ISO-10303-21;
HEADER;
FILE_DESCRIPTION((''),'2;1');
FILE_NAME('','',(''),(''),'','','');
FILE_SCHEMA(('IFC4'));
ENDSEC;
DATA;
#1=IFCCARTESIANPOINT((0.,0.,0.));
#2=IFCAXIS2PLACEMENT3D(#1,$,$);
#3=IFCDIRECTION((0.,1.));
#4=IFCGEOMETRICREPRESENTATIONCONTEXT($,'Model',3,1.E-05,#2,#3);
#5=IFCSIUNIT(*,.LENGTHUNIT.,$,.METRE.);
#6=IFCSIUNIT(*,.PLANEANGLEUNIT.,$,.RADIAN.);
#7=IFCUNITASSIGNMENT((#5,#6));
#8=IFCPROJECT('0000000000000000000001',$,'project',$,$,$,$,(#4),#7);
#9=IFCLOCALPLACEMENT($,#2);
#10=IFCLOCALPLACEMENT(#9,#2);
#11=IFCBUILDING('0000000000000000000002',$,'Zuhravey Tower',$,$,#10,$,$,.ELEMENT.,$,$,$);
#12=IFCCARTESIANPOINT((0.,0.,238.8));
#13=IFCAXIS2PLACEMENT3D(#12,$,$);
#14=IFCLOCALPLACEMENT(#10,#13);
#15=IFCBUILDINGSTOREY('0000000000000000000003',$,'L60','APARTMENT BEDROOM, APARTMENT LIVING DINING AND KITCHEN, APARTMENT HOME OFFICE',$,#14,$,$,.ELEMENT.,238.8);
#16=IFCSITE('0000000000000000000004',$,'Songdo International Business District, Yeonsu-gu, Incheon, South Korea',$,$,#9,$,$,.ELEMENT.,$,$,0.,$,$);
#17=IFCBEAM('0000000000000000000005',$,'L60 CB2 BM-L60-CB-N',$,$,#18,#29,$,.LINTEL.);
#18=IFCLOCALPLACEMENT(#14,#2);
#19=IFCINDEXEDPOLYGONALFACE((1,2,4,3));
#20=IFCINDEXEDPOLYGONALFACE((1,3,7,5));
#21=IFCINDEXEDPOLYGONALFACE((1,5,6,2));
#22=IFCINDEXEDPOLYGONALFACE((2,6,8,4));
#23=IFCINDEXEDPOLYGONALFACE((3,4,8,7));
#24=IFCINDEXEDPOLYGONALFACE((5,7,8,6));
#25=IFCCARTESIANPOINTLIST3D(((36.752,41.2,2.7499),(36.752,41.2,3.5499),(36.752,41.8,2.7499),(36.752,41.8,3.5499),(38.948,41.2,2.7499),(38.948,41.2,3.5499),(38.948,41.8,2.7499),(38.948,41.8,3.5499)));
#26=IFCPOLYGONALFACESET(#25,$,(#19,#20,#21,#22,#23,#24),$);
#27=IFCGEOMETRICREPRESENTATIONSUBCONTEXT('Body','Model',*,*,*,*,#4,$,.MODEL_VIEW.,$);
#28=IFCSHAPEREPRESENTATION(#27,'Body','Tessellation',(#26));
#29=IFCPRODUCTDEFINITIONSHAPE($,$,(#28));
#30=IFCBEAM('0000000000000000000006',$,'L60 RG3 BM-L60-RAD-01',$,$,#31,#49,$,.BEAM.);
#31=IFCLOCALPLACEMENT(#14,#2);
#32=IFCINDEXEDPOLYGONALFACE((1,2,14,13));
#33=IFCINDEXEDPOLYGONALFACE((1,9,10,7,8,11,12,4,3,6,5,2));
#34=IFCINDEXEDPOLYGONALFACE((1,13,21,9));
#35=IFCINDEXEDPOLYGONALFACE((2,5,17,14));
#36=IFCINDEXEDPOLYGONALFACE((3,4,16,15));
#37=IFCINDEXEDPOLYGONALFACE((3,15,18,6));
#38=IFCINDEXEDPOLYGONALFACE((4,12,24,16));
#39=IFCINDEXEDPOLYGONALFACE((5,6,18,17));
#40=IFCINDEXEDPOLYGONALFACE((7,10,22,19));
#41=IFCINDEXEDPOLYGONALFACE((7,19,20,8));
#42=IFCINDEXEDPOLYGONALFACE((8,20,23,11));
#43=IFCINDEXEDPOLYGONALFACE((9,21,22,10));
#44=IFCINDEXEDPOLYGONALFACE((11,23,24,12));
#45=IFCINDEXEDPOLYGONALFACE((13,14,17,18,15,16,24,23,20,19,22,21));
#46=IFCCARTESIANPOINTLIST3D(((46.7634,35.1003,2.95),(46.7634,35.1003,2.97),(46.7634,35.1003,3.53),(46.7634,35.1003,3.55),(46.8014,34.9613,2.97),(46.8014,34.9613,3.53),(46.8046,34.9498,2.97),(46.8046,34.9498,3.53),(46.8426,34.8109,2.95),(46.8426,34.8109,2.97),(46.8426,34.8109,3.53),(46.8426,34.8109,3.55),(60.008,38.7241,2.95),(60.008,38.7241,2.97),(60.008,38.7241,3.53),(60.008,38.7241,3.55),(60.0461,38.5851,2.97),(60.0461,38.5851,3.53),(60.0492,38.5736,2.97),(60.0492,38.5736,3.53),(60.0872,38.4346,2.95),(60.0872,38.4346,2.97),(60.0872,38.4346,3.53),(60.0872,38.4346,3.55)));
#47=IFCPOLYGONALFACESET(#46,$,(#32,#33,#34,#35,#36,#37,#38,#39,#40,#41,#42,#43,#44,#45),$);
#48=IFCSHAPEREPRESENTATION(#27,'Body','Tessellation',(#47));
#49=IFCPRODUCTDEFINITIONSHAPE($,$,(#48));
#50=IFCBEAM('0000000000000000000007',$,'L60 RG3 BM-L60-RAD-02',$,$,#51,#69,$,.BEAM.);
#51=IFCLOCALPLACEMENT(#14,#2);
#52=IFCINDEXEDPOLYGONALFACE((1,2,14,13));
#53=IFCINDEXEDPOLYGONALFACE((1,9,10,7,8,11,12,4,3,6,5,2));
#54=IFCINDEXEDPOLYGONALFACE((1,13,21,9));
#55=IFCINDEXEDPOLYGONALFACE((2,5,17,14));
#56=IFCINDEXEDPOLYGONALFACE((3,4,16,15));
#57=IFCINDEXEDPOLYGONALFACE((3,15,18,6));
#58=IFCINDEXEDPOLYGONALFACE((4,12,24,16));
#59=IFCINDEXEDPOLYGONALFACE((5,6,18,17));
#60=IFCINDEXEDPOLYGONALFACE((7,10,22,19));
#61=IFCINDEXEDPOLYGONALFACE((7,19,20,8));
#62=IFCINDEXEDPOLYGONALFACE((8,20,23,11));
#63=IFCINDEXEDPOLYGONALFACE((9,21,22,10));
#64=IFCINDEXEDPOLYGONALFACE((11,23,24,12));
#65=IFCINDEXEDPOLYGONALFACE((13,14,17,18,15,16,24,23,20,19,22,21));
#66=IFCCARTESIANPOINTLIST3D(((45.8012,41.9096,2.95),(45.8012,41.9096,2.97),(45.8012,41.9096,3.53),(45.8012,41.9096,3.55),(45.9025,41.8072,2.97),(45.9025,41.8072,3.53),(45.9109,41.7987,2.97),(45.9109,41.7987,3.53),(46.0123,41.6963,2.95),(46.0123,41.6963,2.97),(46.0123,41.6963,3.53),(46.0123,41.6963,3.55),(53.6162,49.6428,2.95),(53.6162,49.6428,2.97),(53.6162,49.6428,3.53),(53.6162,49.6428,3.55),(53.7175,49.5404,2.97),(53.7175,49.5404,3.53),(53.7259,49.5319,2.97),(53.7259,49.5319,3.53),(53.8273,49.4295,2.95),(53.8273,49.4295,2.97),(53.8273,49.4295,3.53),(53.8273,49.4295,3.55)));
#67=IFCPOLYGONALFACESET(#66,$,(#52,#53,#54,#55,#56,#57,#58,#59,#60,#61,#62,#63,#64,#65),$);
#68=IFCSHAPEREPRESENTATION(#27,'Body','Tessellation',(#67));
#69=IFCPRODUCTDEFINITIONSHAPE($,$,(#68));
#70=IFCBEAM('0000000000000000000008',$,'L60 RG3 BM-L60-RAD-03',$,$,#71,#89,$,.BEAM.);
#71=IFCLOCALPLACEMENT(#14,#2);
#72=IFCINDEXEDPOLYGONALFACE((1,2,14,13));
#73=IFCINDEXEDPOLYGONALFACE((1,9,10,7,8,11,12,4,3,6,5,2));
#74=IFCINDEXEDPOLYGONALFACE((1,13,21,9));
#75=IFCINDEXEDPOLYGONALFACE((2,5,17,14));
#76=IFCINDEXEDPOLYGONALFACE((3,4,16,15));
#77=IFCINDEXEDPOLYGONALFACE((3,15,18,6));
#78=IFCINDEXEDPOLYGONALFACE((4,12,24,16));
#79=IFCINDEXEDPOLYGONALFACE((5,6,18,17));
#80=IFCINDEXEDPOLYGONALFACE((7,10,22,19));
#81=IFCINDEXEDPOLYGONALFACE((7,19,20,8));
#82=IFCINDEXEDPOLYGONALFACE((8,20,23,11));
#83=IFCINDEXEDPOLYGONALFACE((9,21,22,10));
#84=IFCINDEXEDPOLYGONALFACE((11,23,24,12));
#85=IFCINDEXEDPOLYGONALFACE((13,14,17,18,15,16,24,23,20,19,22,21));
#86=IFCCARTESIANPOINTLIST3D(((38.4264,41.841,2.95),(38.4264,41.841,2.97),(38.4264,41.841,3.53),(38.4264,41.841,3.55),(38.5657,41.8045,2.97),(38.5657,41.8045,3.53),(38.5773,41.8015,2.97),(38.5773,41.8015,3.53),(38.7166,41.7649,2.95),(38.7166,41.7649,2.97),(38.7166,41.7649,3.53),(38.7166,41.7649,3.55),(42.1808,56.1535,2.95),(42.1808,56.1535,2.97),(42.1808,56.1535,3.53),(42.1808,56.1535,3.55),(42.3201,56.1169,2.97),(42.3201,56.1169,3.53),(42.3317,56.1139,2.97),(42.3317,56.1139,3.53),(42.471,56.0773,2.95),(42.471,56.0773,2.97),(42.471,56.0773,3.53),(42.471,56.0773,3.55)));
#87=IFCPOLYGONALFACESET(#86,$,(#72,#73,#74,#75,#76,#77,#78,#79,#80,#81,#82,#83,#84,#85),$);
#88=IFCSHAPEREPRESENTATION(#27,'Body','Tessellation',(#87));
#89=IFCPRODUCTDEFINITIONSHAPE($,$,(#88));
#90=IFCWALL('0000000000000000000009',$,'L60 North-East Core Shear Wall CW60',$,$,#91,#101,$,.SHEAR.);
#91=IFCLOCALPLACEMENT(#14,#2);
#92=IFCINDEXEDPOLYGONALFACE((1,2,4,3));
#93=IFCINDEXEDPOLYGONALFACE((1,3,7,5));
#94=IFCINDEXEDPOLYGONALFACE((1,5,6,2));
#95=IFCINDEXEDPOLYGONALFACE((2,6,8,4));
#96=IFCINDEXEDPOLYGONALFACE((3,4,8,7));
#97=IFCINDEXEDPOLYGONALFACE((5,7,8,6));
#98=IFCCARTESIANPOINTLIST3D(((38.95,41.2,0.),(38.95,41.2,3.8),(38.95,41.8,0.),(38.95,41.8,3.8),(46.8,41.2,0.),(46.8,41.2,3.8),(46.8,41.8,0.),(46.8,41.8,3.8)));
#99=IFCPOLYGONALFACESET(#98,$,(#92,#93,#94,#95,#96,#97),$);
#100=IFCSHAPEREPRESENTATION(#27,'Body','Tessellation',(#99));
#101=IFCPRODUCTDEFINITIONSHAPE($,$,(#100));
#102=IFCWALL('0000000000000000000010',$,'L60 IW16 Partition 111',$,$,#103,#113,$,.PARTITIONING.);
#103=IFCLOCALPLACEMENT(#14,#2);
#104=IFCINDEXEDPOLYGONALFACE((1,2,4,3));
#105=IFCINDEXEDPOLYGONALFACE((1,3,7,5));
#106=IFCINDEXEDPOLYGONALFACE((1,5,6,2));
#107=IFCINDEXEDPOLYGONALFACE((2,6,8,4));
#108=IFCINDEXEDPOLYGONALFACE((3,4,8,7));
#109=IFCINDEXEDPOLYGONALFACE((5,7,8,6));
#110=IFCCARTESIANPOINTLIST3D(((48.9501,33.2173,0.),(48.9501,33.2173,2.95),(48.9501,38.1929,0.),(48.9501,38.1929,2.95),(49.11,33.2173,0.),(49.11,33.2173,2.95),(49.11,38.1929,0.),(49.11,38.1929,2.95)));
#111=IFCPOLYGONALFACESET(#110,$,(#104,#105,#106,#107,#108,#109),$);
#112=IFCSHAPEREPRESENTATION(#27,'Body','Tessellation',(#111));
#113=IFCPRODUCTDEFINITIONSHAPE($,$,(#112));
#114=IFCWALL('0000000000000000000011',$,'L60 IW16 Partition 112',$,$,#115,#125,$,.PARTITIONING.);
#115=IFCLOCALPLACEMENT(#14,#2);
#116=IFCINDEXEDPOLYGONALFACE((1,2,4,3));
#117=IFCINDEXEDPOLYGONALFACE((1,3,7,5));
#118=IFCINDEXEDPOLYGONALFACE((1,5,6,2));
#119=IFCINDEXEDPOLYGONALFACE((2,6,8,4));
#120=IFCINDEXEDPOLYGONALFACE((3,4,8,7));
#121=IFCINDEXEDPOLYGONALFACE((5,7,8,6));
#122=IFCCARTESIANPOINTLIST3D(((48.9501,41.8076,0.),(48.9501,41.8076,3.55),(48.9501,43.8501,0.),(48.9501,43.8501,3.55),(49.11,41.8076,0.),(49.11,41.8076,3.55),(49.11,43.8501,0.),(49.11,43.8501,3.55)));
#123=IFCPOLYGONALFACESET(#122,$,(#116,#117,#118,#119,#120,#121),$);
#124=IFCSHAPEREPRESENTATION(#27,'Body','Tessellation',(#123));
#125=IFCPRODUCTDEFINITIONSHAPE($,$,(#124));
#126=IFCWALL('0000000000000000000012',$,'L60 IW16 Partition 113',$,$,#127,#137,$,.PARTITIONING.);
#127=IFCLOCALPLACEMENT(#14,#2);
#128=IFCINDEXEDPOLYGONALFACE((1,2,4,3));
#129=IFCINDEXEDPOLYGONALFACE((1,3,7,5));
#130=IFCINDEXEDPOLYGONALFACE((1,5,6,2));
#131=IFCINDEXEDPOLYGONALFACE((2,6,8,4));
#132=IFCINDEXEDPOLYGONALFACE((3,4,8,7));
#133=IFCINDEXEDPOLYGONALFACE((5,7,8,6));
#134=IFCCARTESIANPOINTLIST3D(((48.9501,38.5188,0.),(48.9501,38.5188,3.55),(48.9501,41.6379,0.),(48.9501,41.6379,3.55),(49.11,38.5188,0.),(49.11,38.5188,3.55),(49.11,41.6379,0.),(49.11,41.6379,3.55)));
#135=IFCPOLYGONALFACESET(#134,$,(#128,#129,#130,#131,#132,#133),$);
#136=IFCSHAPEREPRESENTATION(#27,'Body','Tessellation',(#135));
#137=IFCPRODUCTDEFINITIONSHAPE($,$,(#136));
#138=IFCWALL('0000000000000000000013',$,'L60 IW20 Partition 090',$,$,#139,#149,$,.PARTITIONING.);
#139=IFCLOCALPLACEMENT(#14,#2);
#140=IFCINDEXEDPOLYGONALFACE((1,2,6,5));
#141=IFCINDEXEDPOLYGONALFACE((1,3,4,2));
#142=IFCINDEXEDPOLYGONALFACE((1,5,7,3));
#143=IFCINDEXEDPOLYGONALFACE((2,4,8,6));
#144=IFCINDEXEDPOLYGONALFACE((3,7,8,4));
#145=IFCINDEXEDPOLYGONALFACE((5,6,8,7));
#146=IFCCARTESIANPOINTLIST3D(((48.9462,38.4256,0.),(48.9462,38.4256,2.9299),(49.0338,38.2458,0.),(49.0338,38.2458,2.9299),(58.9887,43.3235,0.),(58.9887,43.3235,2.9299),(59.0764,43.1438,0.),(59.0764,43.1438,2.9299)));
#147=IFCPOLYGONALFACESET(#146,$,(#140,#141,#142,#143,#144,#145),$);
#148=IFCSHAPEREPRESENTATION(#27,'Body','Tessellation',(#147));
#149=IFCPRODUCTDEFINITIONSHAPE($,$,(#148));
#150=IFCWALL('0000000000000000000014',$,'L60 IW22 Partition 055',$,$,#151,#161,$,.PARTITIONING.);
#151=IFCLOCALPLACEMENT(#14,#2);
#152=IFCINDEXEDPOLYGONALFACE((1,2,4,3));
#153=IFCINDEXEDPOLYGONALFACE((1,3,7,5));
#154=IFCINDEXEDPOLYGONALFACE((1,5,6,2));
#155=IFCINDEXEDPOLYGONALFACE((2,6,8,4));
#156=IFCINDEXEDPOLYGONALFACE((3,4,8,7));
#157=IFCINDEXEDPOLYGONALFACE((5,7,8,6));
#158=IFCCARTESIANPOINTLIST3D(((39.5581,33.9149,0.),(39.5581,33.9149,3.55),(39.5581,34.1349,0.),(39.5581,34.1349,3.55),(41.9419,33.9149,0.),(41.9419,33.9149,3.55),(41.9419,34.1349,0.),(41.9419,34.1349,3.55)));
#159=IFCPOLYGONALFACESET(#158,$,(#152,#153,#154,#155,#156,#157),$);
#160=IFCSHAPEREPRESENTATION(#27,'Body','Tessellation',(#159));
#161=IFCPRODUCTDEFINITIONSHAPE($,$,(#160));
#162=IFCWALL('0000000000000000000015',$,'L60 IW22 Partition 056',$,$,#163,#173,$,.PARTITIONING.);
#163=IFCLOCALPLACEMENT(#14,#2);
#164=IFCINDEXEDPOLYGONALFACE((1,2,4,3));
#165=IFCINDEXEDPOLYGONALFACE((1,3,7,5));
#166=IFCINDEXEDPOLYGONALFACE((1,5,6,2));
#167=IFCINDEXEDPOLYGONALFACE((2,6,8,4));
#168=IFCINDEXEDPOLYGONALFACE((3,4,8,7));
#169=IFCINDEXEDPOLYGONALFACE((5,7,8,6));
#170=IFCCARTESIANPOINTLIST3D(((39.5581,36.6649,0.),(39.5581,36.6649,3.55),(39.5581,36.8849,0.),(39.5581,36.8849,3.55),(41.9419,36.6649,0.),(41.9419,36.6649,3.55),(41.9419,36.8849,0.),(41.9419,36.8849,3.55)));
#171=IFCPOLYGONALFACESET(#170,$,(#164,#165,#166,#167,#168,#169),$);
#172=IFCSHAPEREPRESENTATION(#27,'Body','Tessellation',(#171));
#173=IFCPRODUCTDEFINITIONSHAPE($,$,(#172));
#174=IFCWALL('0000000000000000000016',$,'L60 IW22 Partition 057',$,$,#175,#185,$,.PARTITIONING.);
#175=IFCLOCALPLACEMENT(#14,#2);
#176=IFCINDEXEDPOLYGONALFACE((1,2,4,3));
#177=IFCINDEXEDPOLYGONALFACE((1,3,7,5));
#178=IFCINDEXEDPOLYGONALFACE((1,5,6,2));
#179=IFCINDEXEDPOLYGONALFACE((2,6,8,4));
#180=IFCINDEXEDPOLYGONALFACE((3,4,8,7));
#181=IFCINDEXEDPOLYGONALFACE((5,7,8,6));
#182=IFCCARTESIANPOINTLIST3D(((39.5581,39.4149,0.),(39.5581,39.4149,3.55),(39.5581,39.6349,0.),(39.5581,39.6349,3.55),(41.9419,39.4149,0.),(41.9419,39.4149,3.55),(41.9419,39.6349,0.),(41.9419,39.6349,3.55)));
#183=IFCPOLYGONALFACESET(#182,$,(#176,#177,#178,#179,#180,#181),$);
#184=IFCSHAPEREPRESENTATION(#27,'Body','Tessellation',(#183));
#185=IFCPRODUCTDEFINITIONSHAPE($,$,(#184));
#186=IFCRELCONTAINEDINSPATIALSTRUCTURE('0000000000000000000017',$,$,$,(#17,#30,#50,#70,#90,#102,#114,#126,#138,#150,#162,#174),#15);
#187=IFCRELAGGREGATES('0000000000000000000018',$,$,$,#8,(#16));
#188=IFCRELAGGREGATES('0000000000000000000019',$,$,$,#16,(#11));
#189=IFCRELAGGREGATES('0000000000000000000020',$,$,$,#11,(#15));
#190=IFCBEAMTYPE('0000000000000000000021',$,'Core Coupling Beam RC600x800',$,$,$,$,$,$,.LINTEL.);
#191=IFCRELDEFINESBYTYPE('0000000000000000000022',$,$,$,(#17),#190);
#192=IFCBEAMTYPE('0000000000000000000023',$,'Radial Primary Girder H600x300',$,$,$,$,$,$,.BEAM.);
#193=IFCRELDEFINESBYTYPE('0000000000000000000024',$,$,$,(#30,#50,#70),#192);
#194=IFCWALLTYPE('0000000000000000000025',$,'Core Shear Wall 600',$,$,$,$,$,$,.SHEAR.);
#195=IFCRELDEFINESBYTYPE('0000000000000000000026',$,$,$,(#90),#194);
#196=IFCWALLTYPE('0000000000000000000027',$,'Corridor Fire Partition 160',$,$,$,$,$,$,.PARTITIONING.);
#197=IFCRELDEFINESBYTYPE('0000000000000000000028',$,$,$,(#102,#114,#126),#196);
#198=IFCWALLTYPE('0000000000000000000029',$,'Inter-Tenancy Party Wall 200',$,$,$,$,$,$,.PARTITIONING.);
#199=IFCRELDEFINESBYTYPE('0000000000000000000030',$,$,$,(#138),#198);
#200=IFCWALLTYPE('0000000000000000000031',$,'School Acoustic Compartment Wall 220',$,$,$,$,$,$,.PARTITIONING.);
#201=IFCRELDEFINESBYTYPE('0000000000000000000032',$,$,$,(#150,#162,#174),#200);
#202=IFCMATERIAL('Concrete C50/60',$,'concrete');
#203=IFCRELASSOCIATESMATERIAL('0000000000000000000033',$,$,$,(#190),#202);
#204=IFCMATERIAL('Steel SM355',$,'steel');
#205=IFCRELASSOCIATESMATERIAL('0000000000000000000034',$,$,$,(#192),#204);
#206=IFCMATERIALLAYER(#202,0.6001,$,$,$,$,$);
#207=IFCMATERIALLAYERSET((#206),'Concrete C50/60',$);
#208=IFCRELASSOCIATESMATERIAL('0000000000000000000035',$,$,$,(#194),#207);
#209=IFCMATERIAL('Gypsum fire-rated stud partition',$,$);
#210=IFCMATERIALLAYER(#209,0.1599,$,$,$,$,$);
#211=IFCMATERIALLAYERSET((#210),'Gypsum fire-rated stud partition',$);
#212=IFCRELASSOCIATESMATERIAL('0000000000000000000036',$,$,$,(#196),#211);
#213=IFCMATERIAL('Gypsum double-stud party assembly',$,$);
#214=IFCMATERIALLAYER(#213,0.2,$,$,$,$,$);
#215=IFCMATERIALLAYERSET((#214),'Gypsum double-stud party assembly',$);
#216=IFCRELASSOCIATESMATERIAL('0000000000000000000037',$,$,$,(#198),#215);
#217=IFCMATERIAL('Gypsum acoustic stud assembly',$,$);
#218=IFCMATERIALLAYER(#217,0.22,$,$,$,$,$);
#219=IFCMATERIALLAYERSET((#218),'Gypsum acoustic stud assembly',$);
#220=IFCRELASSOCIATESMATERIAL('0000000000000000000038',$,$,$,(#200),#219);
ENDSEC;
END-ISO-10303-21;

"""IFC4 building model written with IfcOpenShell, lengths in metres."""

from ifc_helpers import new_model, si_unit, direction, frame, frame_2d, origin, origin_2d, place, context, subcontext, project, spatial, rectangle, i_section, extrude, material, layer, layer_set, material_profile, profile_set, type_object, element, save


model = new_model("IFC4")

# Units and contexts
model_context = context("Model", 3, precision=1e-05, world=origin(), true_north=direction((0.0, 1.0)))
body_context = subcontext(model_context, "Body", "Model", "MODEL_VIEW")
ifc_project = project(units=[si_unit("LENGTHUNIT", "METRE"), si_unit("PLANEANGLEUNIT", "RADIAN")], contexts=[model_context])

# Site, building, storey
site_placement = place(None, origin())
site = spatial("IfcSite", under=ifc_project, at=site_placement, Name="Songdo International Business District, Yeonsu-gu, Incheon, South Korea", CompositionType="ELEMENT", RefElevation=0.0)
building_placement = place(site_placement, origin())
building = spatial("IfcBuilding", under=site, at=building_placement, Name="Zuhravey Tower", CompositionType="ELEMENT")
storey_placement = place(building_placement, frame((0.0, 0.0, 238.8)))
storey = spatial("IfcBuildingStorey", under=building, at=storey_placement, Name="L60", Description="APARTMENT BEDROOM, APARTMENT LIVING DINING AND KITCHEN, APARTMENT HOME OFFICE", CompositionType="ELEMENT", Elevation=238.8)

# Beams
ifc_material_1 = material(Name="Concrete C50/60", Category="concrete")
ifc_material_profile_1 = material_profile(ifc_material_1, rectangle(XDim=0.6001, YDim=0.8, at=origin_2d()), Name="RC-600x800")
ifc_profile_set_1 = profile_set([ifc_material_profile_1], Name="Concrete C50/60")
beam_type_1 = type_object("IfcBeamType", Name="Core Coupling Beam RC600x800", PredefinedType="LINTEL", material=ifc_profile_set_1)
beam_1_placement = place(storey_placement, frame((36.752, 41.5, 3.1499), z_axis=(1.0, 0.0, 0.0), x_axis=(0.0, 1.0, 0.0)))
element("IfcBeam", 1, at=beam_1_placement, inside=storey, type_object=beam_type_1, Name="L60 CB2 BM-L60-CB-N", PredefinedType="LINTEL", context=body_context, shape_type="SweptSolid", body=[
    extrude(rectangle(XDim=0.6001, YDim=0.8, at=origin_2d()), origin(), (0.0, 0.0, 1.0), 2.196),
])
ifc_material_2 = material(Name="Steel SM355", Category="steel")
ifc_material_profile_2 = material_profile(ifc_material_2, i_section(OverallWidth=0.3, OverallDepth=0.6001, WebThickness=0.012, FlangeThickness=0.02, at=origin_2d()), Name="H-600x300x12x20")
ifc_profile_set_2 = profile_set([ifc_material_profile_2], Name="Steel SM355")
beam_type_2 = type_object("IfcBeamType", Name="Radial Primary Girder H600x300", PredefinedType="BEAM", material=ifc_profile_set_2)
beam_2_placement = place(storey_placement, frame((46.803, 34.9556, 3.25), z_axis=(0.964549, 0.263904, 0.0), x_axis=(-0.263904, 0.964549, 0.0)))
element("IfcBeam", 2, at=beam_2_placement, inside=storey, type_object=beam_type_2, Name="L60 RG3 BM-L60-RAD-01", PredefinedType="BEAM", context=body_context, shape_type="SweptSolid", body=[
    extrude(i_section(OverallWidth=0.3, OverallDepth=0.6001, WebThickness=0.012, FlangeThickness=0.02, at=origin_2d()), origin(), (0.0, 0.0, 1.0), 13.7314),
])
beam_3_placement = place(storey_placement, frame((45.9067, 41.803, 3.25), z_axis=(0.710817, 0.703377, 0.0), x_axis=(-0.703377, 0.710817, 0.0)))
element("IfcBeam", 3, at=beam_3_placement, inside=storey, type_object=beam_type_2, Name="L60 RG3 BM-L60-RAD-02", PredefinedType="BEAM", context=body_context, shape_type="SweptSolid", body=[
    extrude(i_section(OverallWidth=0.3, OverallDepth=0.6001, WebThickness=0.012, FlangeThickness=0.02, at=origin_2d()), origin(), (0.0, 0.0, 1.0), 10.9944),
])
beam_4_placement = place(storey_placement, frame((38.5715, 41.803, 3.25), z_axis=(0.253731, 0.967275, 0.0), x_axis=(-0.967275, 0.253731, 0.0)))
element("IfcBeam", 4, at=beam_4_placement, inside=storey, type_object=beam_type_2, Name="L60 RG3 BM-L60-RAD-03", PredefinedType="BEAM", context=body_context, shape_type="SweptSolid", body=[
    extrude(i_section(OverallWidth=0.3, OverallDepth=0.6001, WebThickness=0.012, FlangeThickness=0.02, at=origin_2d()), origin(), (0.0, 0.0, 1.0), 14.7966),
])

# Wall
ifc_layer_1 = layer(ifc_material_1, 0.6001)
ifc_layer_set_1 = layer_set([ifc_layer_1], Name="Concrete C50/60")
wall_type_1 = type_object("IfcWallType", Name="Core Shear Wall 600", PredefinedType="SHEAR", material=ifc_layer_set_1)
wall_1_placement = place(storey_placement, frame((46.8, 41.5, 0.0), z_axis=(0.0, 0.0, 1.0), x_axis=(-1.0, 0.0, 0.0)))
element("IfcWall", 5, at=wall_1_placement, inside=storey, type_object=wall_type_1, Name="L60 North-East Core Shear Wall CW60", PredefinedType="SHEAR", context=body_context, shape_type="SweptSolid", body=[
    extrude(rectangle(XDim=7.8501, YDim=0.6001, at=frame_2d((3.925, 0.0))), origin(), (0.0, 0.0, 1.0), 3.8),
])

# Walls
ifc_material_3 = material(Name="Gypsum fire-rated stud partition")
ifc_layer_2 = layer(ifc_material_3, 0.1599)
ifc_layer_set_2 = layer_set([ifc_layer_2], Name="Gypsum fire-rated stud partition")
wall_type_2 = type_object("IfcWallType", Name="Corridor Fire Partition 160", PredefinedType="PARTITIONING", material=ifc_layer_set_2)
wall_2_placement = place(storey_placement, frame((49.03, 33.2173, 0.0), z_axis=(0.0, 0.0, 1.0), x_axis=(0.0, 1.0, 0.0)))
element("IfcWall", 6, at=wall_2_placement, inside=storey, type_object=wall_type_2, Name="L60 IW16 Partition 111", PredefinedType="PARTITIONING", context=body_context, shape_type="SweptSolid", body=[
    extrude(rectangle(XDim=4.9756, YDim=0.1599, at=frame_2d((2.4878, 0.0))), origin(), (0.0, 0.0, 1.0), 2.95),
])
wall_3_placement = place(storey_placement, frame((49.03, 41.8076, 0.0), z_axis=(0.0, 0.0, 1.0), x_axis=(0.0, 1.0, 0.0)))
element("IfcWall", 7, at=wall_3_placement, inside=storey, type_object=wall_type_2, Name="L60 IW16 Partition 112", PredefinedType="PARTITIONING", context=body_context, shape_type="SweptSolid", body=[
    extrude(rectangle(XDim=2.0425, YDim=0.1599, at=frame_2d((1.0212, 0.0))), origin(), (0.0, 0.0, 1.0), 3.55),
])
wall_4_placement = place(storey_placement, frame((49.03, 38.5188, 0.0), z_axis=(0.0, 0.0, 1.0), x_axis=(0.0, 1.0, 0.0)))
element("IfcWall", 8, at=wall_4_placement, inside=storey, type_object=wall_type_2, Name="L60 IW16 Partition 113", PredefinedType="PARTITIONING", context=body_context, shape_type="SweptSolid", body=[
    extrude(rectangle(XDim=3.1191, YDim=0.1599, at=frame_2d((1.5596, 0.0))), origin(), (0.0, 0.0, 1.0), 3.55),
])

# Walls
ifc_material_4 = material(Name="Gypsum double-stud party assembly")
ifc_layer_3 = layer(ifc_material_4, 0.2)
ifc_layer_set_3 = layer_set([ifc_layer_3], Name="Gypsum double-stud party assembly")
wall_type_3 = type_object("IfcWallType", Name="Inter-Tenancy Party Wall 200", PredefinedType="PARTITIONING", material=ifc_layer_set_3)
wall_5_placement = place(storey_placement, frame((48.99, 38.3357, 0.0), z_axis=(0.0, 0.0, 1.0), x_axis=(0.898797, 0.438364, 0.0)))
element("IfcWall", 9, at=wall_5_placement, inside=storey, type_object=wall_type_3, Name="L60 IW20 Partition 090", PredefinedType="PARTITIONING", context=body_context, shape_type="SweptSolid", body=[
    extrude(rectangle(XDim=11.1733, YDim=0.2, at=frame_2d((5.5867, 0.0))), origin(), (0.0, 0.0, 1.0), 2.9299),
])
ifc_material_5 = material(Name="Gypsum acoustic stud assembly")
ifc_layer_4 = layer(ifc_material_5, 0.22)
ifc_layer_set_4 = layer_set([ifc_layer_4], Name="Gypsum acoustic stud assembly")
wall_type_4 = type_object("IfcWallType", Name="School Acoustic Compartment Wall 220", PredefinedType="PARTITIONING", material=ifc_layer_set_4)
for number, where, z_axis, x_axis, name in (
    (10, (39.5581, 34.0249, 0.0), (0.0, 0.0, 1.0), (1.0, 0.0, 0.0), "L60 IW22 Partition 055"),
    (11, (39.5581, 36.7749, 0.0), (0.0, 0.0, 1.0), (1.0, 0.0, 0.0), "L60 IW22 Partition 056"),
    (12, (39.5581, 39.5249, 0.0), (0.0, 0.0, 1.0), (1.0, 0.0, 0.0), "L60 IW22 Partition 057"),
):
    element("IfcWall", number, at=place(storey_placement, frame(where, z_axis=z_axis, x_axis=x_axis)), inside=storey, type_object=wall_type_4, Name=name, PredefinedType="PARTITIONING", context=body_context, shape_type="SweptSolid", body=[
        extrude(rectangle(XDim=2.3838, YDim=0.22, at=frame_2d((1.1919, 0.0))), origin(), (0.0, 0.0, 1.0), 3.55),
    ])

save(model, "model.ifc")
